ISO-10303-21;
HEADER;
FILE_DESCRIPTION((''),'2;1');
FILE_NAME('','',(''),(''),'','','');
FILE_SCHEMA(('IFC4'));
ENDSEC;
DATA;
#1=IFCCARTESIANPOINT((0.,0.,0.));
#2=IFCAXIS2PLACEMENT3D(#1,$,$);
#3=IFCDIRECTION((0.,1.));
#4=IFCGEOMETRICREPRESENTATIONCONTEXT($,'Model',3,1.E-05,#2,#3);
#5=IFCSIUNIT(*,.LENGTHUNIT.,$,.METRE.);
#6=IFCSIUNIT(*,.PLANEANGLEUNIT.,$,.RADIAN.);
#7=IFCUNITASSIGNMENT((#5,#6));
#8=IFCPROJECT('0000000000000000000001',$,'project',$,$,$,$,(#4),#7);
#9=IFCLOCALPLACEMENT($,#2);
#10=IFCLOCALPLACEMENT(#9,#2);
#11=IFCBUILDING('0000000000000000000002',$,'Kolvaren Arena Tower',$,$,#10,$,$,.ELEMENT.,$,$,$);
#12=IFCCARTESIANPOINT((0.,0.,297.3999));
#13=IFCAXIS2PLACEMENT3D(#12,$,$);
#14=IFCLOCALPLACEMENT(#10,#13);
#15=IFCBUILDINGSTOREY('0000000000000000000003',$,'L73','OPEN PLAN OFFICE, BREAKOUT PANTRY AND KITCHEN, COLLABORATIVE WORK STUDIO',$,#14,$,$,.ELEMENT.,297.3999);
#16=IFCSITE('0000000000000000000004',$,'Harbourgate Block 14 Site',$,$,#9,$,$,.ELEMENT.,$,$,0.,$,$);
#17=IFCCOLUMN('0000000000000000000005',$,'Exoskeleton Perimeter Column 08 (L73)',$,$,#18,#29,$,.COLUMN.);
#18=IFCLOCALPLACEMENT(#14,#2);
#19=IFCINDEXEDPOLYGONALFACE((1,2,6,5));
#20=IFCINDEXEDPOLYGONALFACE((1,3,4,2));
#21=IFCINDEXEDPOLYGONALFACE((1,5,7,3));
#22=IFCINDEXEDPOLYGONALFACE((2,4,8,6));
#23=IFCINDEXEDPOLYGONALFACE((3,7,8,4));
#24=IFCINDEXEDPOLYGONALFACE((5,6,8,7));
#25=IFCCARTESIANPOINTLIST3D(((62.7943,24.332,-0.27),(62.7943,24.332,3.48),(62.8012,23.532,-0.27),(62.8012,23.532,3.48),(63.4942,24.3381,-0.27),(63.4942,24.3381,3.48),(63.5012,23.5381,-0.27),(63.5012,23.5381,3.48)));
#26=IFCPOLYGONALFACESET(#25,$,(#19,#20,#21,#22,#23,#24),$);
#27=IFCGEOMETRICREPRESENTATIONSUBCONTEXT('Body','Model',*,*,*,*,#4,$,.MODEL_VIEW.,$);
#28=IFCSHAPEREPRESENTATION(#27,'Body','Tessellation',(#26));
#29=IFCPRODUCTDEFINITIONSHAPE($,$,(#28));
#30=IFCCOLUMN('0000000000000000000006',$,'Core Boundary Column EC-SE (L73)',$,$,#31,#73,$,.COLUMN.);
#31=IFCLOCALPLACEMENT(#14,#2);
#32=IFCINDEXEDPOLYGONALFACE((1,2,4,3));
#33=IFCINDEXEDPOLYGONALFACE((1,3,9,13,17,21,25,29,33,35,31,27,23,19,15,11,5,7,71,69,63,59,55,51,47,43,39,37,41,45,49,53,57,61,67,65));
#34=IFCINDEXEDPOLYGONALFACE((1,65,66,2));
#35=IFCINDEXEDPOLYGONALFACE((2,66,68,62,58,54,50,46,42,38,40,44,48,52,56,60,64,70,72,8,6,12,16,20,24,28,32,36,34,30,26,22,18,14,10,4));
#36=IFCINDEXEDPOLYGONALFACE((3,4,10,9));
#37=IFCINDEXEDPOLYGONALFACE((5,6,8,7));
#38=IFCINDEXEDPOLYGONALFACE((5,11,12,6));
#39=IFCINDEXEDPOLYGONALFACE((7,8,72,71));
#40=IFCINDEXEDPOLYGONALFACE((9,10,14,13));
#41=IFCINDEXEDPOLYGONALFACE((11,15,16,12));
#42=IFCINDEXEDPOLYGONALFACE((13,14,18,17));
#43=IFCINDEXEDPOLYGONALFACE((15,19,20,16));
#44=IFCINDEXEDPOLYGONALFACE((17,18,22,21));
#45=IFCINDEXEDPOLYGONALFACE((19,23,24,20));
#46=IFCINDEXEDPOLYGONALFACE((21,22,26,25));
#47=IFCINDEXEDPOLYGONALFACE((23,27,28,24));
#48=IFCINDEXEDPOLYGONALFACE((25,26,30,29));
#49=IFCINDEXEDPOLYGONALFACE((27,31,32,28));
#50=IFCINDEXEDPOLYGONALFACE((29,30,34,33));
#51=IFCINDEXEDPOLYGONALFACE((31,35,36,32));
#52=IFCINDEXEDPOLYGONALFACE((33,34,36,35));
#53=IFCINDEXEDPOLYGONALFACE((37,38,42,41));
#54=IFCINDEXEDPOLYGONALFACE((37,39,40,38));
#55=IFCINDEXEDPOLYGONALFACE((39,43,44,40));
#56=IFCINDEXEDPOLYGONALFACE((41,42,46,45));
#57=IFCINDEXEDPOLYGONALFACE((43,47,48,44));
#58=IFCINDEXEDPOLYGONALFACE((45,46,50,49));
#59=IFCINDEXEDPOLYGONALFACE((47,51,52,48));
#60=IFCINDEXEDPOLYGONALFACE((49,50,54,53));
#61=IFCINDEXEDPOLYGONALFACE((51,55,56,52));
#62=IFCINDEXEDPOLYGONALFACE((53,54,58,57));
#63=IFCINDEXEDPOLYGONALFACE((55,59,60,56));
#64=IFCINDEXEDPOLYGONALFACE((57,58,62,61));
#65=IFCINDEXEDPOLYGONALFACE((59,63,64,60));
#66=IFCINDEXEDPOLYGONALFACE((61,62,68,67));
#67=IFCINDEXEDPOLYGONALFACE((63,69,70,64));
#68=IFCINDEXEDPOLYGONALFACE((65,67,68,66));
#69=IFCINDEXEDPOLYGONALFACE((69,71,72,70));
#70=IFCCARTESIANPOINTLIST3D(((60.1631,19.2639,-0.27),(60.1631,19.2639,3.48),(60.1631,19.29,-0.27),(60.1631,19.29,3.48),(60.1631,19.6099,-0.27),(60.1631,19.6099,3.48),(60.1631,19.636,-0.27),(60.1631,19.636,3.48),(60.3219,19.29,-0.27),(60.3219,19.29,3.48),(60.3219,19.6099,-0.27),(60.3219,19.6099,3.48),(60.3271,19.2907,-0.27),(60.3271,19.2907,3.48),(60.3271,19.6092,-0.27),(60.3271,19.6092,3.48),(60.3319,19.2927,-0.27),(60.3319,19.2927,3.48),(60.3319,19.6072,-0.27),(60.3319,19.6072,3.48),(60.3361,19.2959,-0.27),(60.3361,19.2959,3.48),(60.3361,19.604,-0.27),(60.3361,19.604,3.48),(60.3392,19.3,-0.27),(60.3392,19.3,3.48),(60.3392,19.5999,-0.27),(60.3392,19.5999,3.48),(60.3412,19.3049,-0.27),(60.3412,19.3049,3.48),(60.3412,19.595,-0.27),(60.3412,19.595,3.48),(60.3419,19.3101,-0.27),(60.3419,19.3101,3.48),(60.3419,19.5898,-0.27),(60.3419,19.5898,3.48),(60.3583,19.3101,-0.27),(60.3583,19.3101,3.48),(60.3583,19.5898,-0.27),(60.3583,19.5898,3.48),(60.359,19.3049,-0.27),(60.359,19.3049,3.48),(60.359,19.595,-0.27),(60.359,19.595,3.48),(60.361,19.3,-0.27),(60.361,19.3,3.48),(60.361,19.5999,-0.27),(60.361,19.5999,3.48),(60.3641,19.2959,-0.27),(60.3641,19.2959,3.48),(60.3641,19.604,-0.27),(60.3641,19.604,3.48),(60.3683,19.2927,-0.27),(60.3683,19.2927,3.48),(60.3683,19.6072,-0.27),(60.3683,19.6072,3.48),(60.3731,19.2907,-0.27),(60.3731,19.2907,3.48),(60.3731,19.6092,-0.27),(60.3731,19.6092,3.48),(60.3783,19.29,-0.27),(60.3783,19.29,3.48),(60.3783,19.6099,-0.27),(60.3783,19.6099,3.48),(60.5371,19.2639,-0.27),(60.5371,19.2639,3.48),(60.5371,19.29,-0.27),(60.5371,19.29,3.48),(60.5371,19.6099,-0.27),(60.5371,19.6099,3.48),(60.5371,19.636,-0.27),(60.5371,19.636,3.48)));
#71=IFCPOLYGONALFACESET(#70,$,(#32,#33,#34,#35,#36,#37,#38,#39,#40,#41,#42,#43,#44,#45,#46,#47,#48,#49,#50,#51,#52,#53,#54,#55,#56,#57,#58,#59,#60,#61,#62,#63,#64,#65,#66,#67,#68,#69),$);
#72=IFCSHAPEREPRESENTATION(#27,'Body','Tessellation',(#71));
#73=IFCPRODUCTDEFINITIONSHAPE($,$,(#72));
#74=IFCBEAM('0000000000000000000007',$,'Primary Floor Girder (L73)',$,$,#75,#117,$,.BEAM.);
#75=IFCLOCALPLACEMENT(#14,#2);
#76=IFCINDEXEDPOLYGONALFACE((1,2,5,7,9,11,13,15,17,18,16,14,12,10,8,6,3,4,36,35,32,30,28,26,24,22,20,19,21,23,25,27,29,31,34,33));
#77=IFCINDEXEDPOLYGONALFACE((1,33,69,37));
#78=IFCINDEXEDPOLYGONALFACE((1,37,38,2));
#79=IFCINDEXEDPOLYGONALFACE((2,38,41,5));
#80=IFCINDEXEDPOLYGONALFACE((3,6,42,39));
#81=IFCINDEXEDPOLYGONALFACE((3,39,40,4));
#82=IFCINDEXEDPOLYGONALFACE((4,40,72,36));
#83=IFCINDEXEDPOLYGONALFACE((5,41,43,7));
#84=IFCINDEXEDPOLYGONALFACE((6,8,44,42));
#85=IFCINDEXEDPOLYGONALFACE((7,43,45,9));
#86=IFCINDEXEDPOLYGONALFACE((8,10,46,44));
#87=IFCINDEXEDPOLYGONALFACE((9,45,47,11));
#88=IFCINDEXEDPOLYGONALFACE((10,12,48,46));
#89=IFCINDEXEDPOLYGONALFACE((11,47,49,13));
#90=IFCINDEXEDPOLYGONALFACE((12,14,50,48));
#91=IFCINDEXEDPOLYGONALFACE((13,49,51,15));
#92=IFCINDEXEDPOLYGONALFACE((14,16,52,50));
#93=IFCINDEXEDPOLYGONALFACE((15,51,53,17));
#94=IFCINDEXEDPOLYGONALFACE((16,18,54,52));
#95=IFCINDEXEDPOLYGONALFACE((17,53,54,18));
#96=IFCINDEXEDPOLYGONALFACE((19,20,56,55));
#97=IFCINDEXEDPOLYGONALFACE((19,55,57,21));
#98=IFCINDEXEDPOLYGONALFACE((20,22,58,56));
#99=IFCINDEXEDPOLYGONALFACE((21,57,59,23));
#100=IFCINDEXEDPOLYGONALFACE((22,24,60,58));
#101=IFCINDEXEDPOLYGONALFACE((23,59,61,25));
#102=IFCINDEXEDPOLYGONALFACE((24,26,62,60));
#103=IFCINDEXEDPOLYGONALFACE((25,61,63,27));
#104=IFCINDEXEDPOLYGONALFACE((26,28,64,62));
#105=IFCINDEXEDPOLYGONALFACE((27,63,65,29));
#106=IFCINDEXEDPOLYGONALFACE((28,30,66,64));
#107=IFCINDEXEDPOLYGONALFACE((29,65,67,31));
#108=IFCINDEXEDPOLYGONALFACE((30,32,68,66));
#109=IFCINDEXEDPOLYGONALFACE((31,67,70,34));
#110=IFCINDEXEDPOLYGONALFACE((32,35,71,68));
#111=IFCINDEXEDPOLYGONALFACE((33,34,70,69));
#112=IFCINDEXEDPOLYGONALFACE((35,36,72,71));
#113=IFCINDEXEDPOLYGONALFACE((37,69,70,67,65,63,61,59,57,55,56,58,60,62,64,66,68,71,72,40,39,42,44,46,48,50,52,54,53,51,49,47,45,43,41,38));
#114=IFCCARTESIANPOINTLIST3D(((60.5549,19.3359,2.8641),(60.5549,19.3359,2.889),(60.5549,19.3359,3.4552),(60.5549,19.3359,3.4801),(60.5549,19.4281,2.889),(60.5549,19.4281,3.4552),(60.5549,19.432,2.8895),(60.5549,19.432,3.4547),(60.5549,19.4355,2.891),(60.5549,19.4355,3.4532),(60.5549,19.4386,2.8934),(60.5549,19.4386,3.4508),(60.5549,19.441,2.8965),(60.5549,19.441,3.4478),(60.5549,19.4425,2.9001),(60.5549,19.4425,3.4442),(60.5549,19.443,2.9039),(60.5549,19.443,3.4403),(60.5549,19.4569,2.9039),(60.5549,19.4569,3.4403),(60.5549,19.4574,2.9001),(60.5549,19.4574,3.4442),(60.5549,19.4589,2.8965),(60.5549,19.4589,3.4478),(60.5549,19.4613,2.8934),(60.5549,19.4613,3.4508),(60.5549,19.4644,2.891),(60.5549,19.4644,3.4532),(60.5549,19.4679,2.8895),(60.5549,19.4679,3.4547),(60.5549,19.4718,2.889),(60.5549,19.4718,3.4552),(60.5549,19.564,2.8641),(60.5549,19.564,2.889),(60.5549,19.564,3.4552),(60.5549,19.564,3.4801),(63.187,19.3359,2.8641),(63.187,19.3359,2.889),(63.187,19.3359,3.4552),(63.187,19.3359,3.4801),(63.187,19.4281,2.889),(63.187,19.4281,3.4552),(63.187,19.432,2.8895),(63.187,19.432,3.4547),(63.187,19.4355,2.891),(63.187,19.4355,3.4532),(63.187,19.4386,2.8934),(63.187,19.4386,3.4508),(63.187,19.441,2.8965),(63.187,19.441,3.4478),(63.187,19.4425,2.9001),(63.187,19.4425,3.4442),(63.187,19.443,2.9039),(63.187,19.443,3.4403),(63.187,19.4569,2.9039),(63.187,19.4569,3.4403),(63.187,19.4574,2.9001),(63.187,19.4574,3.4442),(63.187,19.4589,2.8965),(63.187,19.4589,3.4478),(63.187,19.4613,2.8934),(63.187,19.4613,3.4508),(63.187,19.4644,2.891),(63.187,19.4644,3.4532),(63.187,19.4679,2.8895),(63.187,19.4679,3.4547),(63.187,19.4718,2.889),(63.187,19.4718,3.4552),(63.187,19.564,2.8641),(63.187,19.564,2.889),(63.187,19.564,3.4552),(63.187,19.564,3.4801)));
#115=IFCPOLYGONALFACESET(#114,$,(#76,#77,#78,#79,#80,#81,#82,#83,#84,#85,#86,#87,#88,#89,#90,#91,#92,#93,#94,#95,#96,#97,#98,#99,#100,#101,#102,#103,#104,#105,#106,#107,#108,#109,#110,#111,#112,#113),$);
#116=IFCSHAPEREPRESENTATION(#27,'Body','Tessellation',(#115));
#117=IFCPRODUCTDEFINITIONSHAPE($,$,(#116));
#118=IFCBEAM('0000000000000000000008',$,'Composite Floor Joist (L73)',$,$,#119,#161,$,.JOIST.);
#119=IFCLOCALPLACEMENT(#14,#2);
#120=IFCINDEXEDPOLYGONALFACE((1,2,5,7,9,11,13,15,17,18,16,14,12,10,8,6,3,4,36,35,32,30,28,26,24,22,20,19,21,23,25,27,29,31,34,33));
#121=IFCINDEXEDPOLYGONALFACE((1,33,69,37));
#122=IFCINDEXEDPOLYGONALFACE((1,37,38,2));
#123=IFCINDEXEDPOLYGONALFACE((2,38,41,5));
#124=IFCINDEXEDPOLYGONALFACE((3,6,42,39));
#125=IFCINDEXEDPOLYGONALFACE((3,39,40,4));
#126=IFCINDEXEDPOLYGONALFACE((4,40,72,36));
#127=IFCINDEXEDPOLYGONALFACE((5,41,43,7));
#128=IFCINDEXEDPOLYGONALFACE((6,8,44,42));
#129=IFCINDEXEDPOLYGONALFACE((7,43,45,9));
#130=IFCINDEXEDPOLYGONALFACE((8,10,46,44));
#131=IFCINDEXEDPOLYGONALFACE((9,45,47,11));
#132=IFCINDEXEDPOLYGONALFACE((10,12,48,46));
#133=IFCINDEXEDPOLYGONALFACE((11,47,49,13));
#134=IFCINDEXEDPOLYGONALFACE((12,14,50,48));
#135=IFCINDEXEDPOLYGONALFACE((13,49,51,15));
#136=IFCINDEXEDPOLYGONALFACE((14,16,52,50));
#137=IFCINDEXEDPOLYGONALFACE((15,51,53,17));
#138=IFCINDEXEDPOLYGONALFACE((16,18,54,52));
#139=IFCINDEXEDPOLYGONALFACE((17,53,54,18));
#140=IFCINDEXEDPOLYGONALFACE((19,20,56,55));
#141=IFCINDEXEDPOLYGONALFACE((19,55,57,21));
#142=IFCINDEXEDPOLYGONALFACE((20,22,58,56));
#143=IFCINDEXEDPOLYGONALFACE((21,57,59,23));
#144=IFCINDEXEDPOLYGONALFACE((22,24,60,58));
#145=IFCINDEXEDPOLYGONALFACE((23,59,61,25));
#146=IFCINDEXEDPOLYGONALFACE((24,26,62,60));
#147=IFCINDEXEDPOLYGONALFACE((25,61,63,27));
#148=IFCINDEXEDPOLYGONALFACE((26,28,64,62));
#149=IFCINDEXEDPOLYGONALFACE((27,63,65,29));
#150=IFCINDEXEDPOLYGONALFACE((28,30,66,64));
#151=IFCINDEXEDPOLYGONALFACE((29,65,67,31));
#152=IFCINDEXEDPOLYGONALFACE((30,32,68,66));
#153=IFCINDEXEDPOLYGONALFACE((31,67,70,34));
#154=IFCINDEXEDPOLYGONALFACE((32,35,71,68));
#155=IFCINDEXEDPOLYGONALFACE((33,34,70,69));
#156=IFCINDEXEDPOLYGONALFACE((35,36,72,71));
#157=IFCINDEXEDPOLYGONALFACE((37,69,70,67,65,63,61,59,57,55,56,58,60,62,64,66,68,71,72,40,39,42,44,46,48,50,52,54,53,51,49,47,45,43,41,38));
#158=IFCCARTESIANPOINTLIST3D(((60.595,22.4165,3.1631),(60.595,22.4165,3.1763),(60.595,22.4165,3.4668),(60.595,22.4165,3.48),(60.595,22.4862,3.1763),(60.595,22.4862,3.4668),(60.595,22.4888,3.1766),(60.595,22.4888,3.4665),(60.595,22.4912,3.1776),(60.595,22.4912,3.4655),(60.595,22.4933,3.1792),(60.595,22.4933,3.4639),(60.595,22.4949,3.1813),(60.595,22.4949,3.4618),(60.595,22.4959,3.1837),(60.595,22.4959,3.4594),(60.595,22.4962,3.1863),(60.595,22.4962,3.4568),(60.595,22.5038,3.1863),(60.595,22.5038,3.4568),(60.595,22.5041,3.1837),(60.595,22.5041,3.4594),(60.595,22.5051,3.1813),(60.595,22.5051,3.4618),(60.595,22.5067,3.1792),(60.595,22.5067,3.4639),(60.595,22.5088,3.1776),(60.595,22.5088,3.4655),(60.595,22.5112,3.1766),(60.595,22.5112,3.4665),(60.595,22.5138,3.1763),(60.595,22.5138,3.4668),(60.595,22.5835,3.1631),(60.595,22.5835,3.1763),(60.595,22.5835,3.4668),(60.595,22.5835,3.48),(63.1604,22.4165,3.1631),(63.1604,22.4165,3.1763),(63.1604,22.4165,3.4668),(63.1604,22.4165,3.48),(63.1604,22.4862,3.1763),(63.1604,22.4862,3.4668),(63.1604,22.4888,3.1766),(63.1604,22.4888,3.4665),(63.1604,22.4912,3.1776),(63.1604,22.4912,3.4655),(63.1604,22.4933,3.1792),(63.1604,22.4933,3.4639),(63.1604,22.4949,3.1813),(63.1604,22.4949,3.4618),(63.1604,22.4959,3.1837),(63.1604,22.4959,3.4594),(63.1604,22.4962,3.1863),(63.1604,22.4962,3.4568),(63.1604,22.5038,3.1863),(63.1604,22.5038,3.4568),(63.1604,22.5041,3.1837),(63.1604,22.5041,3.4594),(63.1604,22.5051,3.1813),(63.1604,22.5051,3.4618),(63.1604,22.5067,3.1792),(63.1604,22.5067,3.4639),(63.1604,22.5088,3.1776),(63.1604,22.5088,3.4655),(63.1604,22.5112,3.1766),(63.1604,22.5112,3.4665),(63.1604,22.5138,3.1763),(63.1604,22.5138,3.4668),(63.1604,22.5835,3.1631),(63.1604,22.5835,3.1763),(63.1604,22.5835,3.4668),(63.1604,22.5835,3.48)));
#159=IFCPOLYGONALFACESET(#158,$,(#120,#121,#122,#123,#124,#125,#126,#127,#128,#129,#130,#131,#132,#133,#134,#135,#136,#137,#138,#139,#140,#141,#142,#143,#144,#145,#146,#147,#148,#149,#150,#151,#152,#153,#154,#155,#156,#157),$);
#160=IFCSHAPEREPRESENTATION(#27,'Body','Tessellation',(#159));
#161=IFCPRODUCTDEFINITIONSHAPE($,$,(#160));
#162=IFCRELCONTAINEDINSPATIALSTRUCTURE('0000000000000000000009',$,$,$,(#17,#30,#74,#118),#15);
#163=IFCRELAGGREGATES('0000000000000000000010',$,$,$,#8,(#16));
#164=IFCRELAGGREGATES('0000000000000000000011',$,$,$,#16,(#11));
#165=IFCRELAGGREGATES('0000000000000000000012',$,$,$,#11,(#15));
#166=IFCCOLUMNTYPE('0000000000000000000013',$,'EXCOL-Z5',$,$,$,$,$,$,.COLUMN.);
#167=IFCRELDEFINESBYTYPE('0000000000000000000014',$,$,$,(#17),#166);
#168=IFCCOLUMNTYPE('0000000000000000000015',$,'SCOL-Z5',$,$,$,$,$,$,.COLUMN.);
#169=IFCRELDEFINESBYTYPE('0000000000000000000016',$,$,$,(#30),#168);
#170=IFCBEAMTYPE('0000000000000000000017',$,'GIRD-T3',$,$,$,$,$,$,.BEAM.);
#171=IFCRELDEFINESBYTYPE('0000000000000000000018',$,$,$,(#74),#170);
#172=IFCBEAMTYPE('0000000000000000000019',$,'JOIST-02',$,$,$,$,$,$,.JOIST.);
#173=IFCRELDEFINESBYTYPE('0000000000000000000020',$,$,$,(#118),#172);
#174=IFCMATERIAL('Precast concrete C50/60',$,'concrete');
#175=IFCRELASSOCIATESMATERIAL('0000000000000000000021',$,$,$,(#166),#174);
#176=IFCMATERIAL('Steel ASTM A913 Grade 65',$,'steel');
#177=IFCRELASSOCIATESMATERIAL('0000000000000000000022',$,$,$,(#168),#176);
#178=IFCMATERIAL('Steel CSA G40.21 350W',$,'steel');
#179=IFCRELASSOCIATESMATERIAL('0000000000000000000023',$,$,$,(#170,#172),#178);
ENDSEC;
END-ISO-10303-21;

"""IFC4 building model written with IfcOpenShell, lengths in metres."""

from ifc_helpers import new_model, si_unit, direction, frame, origin, origin_2d, place, context, subcontext, project, spatial, rectangle, i_section, extrude, material, material_profile, profile_set, type_object, element, save


model = new_model("IFC4")

# Units and contexts
model_context = context("Model", 3, precision=1e-05, world=origin(), true_north=direction((0.0, 1.0)))
body_context = subcontext(model_context, "Body", "Model", "MODEL_VIEW")
ifc_project = project(units=[si_unit("LENGTHUNIT", "METRE"), si_unit("PLANEANGLEUNIT", "RADIAN")], contexts=[model_context])

# Site, building, storey
site_placement = place(None, origin())
site = spatial("IfcSite", under=ifc_project, at=site_placement, Name="Harbourgate Block 14 Site", CompositionType="ELEMENT", RefElevation=0.0)
building_placement = place(site_placement, origin())
building = spatial("IfcBuilding", under=site, at=building_placement, Name="Kolvaren Arena Tower", CompositionType="ELEMENT")
storey_placement = place(building_placement, frame((0.0, 0.0, 297.3999)))
storey = spatial("IfcBuildingStorey", under=building, at=storey_placement, Name="L73", Description="OPEN PLAN OFFICE, BREAKOUT PANTRY AND KITCHEN, COLLABORATIVE WORK STUDIO", CompositionType="ELEMENT", Elevation=297.3999)

# Columns
ifc_material_1 = material(Name="Precast concrete C50/60", Category="concrete")
ifc_material_profile_1 = material_profile(ifc_material_1, rectangle(XDim=0.8, YDim=0.7, at=origin_2d()), Name="RC-800x700")
ifc_profile_set_1 = profile_set([ifc_material_profile_1], Name="Precast concrete C50/60")
column_type_1 = type_object("IfcColumnType", Name="EXCOL-Z5", PredefinedType="COLUMN", material=ifc_profile_set_1)
column_1_placement = place(storey_placement, frame((63.1477, 23.9351, -0.27), z_axis=(0.0, 0.0, 1.0), x_axis=(-0.008727, 0.999962, 0.0)))
element("IfcColumn", 1, at=column_1_placement, inside=storey, type_object=column_type_1, Name="Exoskeleton Perimeter Column 08 (L73)", PredefinedType="COLUMN", context=body_context, shape_type="SweptSolid", body=[
    extrude(rectangle(XDim=0.8, YDim=0.7, at=origin_2d()), origin(), (0.0, 0.0, 1.0), 3.75),
])
ifc_material_2 = material(Name="Steel ASTM A913 Grade 65", Category="steel")
ifc_material_profile_2 = material_profile(ifc_material_2, i_section(OverallWidth=0.374, OverallDepth=0.3721, WebThickness=0.0164, FlangeThickness=0.0261, FilletRadius=0.02, at=origin_2d()), Name="W360x196")
ifc_profile_set_2 = profile_set([ifc_material_profile_2], Name="Steel ASTM A913 Grade 65")
column_type_2 = type_object("IfcColumnType", Name="SCOL-Z5", PredefinedType="COLUMN", material=ifc_profile_set_2)
column_2_placement = place(storey_placement, frame((60.3501, 19.45, -0.27), z_axis=(0.0, 0.0, 1.0), x_axis=(1.0, 0.0, 0.0)))
element("IfcColumn", 2, at=column_2_placement, inside=storey, type_object=column_type_2, Name="Core Boundary Column EC-SE (L73)", PredefinedType="COLUMN", context=body_context, shape_type="SweptSolid", body=[
    extrude(i_section(OverallWidth=0.374, OverallDepth=0.3721, WebThickness=0.0164, FlangeThickness=0.0261, FilletRadius=0.02, at=origin_2d()), origin(), (0.0, 0.0, 1.0), 3.75),
])

# Beams
ifc_material_3 = material(Name="Steel CSA G40.21 350W", Category="steel")
ifc_material_profile_3 = material_profile(ifc_material_3, i_section(OverallWidth=0.228, OverallDepth=0.616, WebThickness=0.0139, FlangeThickness=0.0249, FilletRadius=0.0149, at=origin_2d()), Name="W610x174")
ifc_profile_set_3 = profile_set([ifc_material_profile_3], Name="Steel CSA G40.21 350W")
beam_type_1 = type_object("IfcBeamType", Name="GIRD-T3", PredefinedType="BEAM", material=ifc_profile_set_3)
beam_1_placement = place(storey_placement, frame((60.5549, 19.45, 3.1721), z_axis=(1.0, 0.0, 0.0), x_axis=(0.0, 1.0, 0.0)))
element("IfcBeam", 3, at=beam_1_placement, inside=storey, type_object=beam_type_1, Name="Primary Floor Girder (L73)", PredefinedType="BEAM", context=body_context, shape_type="SweptSolid", body=[
    extrude(i_section(OverallWidth=0.228, OverallDepth=0.616, WebThickness=0.0139, FlangeThickness=0.0249, FilletRadius=0.0149, at=origin_2d()), origin(), (0.0, 0.0, 1.0), 2.6321),
])
ifc_material_profile_4 = material_profile(ifc_material_3, i_section(OverallWidth=0.167, OverallDepth=0.3169, WebThickness=0.0076, FlangeThickness=0.0132, FilletRadius=0.01, at=origin_2d()), Name="W310x52")
ifc_profile_set_4 = profile_set([ifc_material_profile_4], Name="Steel CSA G40.21 350W")
beam_type_2 = type_object("IfcBeamType", Name="JOIST-02", PredefinedType="JOIST", material=ifc_profile_set_4)
beam_2_placement = place(storey_placement, frame((60.595, 22.5, 3.3215), z_axis=(1.0, 0.0, 0.0), x_axis=(0.0, 1.0, 0.0)))
element("IfcBeam", 4, at=beam_2_placement, inside=storey, type_object=beam_type_2, Name="Composite Floor Joist (L73)", PredefinedType="JOIST", context=body_context, shape_type="SweptSolid", body=[
    extrude(i_section(OverallWidth=0.167, OverallDepth=0.3169, WebThickness=0.0076, FlangeThickness=0.0132, FilletRadius=0.01, at=origin_2d()), origin(), (0.0, 0.0, 1.0), 2.5654),
])

save(model, "model.ifc")
